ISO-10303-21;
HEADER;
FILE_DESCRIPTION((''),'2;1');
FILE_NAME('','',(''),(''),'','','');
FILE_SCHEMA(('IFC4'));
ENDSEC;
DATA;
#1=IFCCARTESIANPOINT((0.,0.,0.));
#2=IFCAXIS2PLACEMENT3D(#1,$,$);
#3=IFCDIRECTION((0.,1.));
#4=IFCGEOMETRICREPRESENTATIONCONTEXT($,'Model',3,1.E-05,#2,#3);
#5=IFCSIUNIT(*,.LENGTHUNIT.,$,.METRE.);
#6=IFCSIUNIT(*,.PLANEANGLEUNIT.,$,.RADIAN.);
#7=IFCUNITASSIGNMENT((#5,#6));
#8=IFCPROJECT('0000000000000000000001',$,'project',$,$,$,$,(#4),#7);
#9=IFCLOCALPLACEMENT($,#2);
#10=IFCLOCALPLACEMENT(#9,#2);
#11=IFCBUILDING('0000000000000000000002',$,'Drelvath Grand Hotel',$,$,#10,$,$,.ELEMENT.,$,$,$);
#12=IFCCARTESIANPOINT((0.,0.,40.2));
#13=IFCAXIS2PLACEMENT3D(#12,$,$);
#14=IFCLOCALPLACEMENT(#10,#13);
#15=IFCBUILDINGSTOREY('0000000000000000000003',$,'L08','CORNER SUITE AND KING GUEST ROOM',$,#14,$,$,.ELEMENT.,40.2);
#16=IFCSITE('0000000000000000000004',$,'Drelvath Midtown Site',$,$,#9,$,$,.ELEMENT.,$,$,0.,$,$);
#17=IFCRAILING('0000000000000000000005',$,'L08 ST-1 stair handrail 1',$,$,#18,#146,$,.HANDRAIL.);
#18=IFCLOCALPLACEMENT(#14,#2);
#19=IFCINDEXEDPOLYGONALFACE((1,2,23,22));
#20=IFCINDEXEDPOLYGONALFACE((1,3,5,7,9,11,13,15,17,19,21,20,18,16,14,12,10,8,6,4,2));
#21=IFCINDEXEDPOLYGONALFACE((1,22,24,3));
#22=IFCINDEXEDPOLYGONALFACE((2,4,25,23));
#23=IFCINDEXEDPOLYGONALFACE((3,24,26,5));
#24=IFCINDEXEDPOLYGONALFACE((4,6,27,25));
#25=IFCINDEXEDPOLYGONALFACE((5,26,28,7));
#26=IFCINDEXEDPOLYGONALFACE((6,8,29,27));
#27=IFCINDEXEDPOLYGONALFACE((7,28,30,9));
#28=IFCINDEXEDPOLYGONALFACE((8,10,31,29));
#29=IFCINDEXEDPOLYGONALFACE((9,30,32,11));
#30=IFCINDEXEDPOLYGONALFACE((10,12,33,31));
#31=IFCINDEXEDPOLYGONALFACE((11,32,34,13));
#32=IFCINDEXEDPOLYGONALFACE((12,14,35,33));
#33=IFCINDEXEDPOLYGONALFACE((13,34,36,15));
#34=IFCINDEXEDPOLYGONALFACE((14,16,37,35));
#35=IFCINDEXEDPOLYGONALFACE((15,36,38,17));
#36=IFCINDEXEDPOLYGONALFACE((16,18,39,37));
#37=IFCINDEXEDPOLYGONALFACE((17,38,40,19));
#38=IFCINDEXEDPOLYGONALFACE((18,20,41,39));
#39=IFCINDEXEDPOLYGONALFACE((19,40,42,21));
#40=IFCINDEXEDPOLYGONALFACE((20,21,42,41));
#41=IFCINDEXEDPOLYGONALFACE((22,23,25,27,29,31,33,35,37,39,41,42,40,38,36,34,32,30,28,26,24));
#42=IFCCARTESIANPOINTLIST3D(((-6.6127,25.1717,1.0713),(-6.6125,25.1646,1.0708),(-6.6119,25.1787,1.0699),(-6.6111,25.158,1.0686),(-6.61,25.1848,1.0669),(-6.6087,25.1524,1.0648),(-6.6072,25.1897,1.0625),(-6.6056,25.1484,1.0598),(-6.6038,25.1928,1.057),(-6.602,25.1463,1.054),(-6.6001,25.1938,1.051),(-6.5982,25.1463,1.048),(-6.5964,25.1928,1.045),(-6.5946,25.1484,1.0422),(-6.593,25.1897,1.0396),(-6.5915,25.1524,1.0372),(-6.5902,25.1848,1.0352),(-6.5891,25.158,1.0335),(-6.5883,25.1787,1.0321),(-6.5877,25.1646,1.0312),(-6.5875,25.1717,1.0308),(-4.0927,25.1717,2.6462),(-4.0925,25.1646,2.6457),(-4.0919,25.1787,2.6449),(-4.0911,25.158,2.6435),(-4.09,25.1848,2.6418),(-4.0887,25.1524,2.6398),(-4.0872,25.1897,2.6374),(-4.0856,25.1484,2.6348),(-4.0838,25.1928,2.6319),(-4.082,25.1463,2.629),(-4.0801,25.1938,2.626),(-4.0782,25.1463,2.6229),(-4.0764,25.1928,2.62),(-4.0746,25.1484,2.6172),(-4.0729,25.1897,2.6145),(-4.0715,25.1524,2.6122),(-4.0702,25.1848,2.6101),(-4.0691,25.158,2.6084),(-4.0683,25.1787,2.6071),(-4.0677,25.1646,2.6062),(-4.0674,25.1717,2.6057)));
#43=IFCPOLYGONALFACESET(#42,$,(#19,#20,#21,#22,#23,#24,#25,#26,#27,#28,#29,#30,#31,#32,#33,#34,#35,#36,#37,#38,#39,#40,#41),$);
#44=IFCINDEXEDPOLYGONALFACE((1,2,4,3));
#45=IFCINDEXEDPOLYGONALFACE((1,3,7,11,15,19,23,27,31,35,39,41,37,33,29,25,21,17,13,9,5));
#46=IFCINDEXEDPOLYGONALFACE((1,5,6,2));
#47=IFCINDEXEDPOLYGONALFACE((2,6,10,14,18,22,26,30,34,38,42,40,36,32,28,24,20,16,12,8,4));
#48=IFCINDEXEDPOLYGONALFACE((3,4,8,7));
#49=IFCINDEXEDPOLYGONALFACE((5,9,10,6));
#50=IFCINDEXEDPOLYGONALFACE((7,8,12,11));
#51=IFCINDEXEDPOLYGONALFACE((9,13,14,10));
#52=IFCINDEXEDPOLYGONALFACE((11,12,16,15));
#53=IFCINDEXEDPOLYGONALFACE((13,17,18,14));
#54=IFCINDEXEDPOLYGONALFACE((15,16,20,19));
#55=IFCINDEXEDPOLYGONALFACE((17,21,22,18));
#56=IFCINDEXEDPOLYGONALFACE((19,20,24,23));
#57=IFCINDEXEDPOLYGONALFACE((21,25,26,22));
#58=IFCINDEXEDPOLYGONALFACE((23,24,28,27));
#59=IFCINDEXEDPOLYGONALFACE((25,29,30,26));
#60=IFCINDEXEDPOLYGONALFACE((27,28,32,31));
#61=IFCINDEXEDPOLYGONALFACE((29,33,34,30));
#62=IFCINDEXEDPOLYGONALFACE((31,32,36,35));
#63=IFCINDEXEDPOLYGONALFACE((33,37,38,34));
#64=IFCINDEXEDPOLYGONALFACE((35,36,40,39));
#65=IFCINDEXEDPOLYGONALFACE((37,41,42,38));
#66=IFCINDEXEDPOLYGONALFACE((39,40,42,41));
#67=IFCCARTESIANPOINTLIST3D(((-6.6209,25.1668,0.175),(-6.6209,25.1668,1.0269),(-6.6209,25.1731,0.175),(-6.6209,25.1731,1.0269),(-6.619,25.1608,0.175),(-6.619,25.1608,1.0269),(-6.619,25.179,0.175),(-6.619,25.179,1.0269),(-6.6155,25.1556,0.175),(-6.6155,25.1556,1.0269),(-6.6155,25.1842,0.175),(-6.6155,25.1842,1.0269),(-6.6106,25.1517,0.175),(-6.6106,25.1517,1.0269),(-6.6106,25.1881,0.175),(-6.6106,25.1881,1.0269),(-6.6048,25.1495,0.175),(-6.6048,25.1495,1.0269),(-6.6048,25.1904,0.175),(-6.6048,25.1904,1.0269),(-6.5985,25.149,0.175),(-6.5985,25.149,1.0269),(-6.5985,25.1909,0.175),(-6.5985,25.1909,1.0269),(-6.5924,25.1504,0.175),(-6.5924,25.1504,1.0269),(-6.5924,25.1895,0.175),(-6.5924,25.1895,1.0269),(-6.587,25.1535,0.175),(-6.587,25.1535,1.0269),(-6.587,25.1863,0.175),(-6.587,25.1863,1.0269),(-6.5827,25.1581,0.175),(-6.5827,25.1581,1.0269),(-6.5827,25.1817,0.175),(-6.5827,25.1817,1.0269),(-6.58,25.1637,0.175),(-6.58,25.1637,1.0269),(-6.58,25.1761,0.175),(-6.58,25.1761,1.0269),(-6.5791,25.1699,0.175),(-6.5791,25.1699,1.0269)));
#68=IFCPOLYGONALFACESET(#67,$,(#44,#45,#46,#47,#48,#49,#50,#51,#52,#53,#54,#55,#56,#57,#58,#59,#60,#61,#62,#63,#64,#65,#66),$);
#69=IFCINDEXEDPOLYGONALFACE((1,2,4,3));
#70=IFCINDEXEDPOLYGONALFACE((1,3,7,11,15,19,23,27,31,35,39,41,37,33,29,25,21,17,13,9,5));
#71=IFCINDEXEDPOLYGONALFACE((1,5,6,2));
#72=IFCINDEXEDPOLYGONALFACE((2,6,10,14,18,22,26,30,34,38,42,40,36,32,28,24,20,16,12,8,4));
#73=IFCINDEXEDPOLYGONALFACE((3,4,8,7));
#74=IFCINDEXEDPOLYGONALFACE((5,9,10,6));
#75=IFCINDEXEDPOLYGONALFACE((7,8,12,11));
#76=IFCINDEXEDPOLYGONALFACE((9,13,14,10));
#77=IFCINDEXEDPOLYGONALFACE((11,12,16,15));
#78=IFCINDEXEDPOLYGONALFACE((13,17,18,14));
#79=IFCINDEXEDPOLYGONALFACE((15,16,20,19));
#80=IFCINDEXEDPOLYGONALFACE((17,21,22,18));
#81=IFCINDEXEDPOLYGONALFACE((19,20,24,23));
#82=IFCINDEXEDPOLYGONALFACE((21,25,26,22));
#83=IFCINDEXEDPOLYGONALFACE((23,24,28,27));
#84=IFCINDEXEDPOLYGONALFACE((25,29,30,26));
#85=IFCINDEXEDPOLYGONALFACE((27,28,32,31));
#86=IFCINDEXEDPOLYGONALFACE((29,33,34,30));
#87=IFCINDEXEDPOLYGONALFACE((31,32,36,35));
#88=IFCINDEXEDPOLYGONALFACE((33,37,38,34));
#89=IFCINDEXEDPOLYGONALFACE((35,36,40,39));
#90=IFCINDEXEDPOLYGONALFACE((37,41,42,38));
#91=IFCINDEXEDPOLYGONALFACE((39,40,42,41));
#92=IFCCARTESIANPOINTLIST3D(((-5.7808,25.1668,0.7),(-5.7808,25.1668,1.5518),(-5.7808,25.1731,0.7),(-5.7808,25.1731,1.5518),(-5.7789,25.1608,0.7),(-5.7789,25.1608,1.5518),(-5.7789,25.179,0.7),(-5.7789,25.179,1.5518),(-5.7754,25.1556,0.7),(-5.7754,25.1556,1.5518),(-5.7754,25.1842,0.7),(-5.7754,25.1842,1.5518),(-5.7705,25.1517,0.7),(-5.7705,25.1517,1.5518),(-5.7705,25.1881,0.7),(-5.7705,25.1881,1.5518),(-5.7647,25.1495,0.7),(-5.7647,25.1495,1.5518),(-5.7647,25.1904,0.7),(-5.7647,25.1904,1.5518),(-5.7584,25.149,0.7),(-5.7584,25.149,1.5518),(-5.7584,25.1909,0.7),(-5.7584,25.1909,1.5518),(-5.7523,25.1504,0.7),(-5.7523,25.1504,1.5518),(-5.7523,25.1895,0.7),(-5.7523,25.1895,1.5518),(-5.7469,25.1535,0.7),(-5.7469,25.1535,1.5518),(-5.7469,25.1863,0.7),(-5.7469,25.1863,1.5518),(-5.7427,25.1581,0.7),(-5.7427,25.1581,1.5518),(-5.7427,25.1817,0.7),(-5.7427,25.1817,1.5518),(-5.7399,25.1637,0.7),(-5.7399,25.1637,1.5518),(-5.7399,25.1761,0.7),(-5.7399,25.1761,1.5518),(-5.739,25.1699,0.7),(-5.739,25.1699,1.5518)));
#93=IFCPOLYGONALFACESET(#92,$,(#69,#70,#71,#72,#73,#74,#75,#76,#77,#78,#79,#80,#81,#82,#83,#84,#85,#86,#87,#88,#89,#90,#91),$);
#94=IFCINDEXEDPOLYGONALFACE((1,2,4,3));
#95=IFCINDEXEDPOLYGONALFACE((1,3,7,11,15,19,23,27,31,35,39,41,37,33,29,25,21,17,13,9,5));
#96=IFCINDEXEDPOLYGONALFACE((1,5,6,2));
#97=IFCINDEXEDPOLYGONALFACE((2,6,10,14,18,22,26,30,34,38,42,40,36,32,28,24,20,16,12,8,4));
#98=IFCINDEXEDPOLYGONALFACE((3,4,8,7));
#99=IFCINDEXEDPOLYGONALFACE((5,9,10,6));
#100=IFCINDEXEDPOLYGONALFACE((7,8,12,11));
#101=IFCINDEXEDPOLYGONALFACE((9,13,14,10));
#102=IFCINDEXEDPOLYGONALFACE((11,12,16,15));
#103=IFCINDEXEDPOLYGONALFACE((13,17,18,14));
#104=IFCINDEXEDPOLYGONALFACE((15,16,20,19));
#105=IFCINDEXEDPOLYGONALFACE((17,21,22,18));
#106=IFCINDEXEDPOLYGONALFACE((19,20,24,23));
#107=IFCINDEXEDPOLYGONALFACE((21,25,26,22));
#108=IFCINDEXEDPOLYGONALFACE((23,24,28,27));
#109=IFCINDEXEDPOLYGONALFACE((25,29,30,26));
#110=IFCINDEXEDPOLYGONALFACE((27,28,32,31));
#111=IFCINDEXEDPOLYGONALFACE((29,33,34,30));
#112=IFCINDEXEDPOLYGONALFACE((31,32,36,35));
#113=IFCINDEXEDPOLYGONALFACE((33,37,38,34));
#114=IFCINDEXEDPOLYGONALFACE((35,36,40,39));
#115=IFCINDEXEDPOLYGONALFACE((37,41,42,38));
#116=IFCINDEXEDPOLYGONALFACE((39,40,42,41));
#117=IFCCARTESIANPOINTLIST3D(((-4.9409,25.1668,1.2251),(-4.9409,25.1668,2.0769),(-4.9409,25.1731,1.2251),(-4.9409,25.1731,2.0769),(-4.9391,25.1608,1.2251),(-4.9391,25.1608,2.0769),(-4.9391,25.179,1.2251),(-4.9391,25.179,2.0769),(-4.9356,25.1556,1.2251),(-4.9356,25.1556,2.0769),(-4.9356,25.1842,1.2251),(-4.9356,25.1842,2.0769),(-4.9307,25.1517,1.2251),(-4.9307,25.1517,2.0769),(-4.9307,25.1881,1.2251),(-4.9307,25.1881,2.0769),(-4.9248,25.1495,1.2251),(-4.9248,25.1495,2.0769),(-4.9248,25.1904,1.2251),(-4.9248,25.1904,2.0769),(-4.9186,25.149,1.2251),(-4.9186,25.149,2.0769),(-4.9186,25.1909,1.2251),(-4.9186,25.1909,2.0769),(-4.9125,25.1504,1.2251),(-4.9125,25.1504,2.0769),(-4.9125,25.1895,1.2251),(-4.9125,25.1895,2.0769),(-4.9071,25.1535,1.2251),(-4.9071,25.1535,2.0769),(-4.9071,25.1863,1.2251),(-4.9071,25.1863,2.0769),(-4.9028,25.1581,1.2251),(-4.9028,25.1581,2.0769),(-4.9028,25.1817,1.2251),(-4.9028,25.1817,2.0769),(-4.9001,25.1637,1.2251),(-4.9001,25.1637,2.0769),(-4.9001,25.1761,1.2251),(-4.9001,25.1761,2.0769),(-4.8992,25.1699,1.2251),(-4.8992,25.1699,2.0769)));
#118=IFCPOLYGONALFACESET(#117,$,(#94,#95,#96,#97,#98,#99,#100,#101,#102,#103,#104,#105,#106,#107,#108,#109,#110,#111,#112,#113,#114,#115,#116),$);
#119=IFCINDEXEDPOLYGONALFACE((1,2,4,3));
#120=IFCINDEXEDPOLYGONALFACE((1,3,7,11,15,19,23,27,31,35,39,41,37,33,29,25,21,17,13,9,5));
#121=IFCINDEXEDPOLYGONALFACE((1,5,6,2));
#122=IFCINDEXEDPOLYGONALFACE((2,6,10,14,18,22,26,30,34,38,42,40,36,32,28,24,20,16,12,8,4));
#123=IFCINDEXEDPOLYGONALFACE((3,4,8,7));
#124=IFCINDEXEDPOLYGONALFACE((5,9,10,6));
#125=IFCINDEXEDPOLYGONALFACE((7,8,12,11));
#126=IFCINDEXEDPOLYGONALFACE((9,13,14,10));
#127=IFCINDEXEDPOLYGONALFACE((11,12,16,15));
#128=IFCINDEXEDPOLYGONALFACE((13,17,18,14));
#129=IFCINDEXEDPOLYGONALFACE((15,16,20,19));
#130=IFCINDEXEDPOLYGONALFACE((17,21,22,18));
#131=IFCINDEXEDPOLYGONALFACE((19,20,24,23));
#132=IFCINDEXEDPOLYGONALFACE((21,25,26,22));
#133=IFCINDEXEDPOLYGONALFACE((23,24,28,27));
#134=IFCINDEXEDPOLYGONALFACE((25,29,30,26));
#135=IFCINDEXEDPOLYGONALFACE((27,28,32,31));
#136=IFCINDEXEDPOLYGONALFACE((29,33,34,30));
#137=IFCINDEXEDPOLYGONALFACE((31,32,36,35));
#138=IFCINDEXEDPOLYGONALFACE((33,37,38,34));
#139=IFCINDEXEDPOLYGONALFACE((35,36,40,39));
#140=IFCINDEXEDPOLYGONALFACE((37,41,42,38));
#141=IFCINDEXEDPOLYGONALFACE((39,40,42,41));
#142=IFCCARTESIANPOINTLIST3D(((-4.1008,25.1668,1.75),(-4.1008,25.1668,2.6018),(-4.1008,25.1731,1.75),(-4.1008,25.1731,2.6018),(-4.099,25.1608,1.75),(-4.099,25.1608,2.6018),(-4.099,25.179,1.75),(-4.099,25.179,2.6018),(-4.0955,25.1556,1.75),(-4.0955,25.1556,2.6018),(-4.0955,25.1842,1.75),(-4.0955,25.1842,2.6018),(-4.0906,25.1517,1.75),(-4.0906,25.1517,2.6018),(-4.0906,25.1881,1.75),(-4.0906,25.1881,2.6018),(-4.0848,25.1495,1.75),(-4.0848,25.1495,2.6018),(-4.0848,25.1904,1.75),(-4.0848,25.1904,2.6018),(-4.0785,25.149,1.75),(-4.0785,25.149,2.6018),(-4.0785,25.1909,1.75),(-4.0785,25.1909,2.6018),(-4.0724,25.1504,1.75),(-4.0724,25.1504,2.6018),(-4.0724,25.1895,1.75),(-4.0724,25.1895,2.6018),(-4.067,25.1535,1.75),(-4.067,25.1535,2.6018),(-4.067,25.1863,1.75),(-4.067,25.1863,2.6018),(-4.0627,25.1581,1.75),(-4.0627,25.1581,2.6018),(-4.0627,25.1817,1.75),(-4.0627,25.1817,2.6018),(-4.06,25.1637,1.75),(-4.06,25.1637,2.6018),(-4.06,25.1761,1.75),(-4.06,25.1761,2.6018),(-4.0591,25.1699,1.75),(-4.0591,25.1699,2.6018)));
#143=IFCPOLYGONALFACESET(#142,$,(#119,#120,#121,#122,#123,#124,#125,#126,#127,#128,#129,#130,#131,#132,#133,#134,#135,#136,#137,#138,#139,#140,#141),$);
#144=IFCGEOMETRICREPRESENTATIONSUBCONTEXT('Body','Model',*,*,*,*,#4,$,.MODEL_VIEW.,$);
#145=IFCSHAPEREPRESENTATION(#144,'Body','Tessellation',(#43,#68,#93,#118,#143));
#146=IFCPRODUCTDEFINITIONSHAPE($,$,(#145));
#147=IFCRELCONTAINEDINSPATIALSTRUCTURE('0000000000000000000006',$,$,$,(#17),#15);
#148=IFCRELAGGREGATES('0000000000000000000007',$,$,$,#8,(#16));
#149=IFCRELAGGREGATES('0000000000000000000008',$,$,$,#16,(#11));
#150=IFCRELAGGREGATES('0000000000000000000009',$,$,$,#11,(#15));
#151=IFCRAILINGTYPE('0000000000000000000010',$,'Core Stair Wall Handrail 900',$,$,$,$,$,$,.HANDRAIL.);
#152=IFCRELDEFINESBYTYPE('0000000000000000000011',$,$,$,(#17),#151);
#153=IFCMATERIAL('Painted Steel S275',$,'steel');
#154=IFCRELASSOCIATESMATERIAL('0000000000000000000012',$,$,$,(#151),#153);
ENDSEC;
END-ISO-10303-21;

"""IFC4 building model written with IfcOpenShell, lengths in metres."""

from ifc_helpers import new_model, si_unit, direction, frame, origin, origin_2d, place, context, subcontext, project, spatial, circle, extrude, material, type_object, element, save


model = new_model("IFC4")

# Units and contexts
model_context = context("Model", 3, precision=1e-05, world=origin(), true_north=direction((0.0, 1.0)))
body_context = subcontext(model_context, "Body", "Model", "MODEL_VIEW")
ifc_project = project(units=[si_unit("LENGTHUNIT", "METRE"), si_unit("PLANEANGLEUNIT", "RADIAN")], contexts=[model_context])

# Site, building, storey
site_placement = place(None, origin())
site = spatial("IfcSite", under=ifc_project, at=site_placement, Name="Drelvath Midtown Site", CompositionType="ELEMENT", RefElevation=0.0)
building_placement = place(site_placement, origin())
building = spatial("IfcBuilding", under=site, at=building_placement, Name="Drelvath Grand Hotel", CompositionType="ELEMENT")
storey_placement = place(building_placement, frame((0.0, 0.0, 40.2)))
storey = spatial("IfcBuildingStorey", under=building, at=storey_placement, Name="L08", Description="CORNER SUITE AND KING GUEST ROOM", CompositionType="ELEMENT", Elevation=40.2)

# Shared definitions
ifc_material_1 = material(Name="Painted Steel S275", Category="steel")

# Railing
railing_type_1 = type_object("IfcRailingType", Name="Core Stair Wall Handrail 900", PredefinedType="HANDRAIL", material=ifc_material_1)
railing_1_placement = place(storey_placement, frame((-6.6001, 25.1699, 0.175)))
element("IfcRailing", 1, at=railing_1_placement, inside=storey, type_object=railing_type_1, Name="L08 ST-1 stair handrail 1", PredefinedType="HANDRAIL", context=body_context, shape_type="SweptSolid", body=[
    extrude(circle(Radius=0.0239, at=origin_2d()), frame((0.0, 0.0, 0.876), z_axis=(0.848008, 0.0, 0.529984), x_axis=(0.0, 1.0, 0.0)), (0.0, 0.0, 1.0), 2.9717),
    extrude(circle(Radius=0.021, at=origin_2d()), origin(), (0.0, 0.0, 1.0), 0.8518),
    extrude(circle(Radius=0.021, at=origin_2d()), frame((0.8401, 0.0, 0.5249)), (0.0, 0.0, 1.0), 0.8518),
    extrude(circle(Radius=0.021, at=origin_2d()), frame((1.6799, 0.0, 1.05)), (0.0, 0.0, 1.0), 0.8518),
    extrude(circle(Radius=0.021, at=origin_2d()), frame((2.52, 0.0, 1.575)), (0.0, 0.0, 1.0), 0.8518),
])

save(model, "model.ifc")
